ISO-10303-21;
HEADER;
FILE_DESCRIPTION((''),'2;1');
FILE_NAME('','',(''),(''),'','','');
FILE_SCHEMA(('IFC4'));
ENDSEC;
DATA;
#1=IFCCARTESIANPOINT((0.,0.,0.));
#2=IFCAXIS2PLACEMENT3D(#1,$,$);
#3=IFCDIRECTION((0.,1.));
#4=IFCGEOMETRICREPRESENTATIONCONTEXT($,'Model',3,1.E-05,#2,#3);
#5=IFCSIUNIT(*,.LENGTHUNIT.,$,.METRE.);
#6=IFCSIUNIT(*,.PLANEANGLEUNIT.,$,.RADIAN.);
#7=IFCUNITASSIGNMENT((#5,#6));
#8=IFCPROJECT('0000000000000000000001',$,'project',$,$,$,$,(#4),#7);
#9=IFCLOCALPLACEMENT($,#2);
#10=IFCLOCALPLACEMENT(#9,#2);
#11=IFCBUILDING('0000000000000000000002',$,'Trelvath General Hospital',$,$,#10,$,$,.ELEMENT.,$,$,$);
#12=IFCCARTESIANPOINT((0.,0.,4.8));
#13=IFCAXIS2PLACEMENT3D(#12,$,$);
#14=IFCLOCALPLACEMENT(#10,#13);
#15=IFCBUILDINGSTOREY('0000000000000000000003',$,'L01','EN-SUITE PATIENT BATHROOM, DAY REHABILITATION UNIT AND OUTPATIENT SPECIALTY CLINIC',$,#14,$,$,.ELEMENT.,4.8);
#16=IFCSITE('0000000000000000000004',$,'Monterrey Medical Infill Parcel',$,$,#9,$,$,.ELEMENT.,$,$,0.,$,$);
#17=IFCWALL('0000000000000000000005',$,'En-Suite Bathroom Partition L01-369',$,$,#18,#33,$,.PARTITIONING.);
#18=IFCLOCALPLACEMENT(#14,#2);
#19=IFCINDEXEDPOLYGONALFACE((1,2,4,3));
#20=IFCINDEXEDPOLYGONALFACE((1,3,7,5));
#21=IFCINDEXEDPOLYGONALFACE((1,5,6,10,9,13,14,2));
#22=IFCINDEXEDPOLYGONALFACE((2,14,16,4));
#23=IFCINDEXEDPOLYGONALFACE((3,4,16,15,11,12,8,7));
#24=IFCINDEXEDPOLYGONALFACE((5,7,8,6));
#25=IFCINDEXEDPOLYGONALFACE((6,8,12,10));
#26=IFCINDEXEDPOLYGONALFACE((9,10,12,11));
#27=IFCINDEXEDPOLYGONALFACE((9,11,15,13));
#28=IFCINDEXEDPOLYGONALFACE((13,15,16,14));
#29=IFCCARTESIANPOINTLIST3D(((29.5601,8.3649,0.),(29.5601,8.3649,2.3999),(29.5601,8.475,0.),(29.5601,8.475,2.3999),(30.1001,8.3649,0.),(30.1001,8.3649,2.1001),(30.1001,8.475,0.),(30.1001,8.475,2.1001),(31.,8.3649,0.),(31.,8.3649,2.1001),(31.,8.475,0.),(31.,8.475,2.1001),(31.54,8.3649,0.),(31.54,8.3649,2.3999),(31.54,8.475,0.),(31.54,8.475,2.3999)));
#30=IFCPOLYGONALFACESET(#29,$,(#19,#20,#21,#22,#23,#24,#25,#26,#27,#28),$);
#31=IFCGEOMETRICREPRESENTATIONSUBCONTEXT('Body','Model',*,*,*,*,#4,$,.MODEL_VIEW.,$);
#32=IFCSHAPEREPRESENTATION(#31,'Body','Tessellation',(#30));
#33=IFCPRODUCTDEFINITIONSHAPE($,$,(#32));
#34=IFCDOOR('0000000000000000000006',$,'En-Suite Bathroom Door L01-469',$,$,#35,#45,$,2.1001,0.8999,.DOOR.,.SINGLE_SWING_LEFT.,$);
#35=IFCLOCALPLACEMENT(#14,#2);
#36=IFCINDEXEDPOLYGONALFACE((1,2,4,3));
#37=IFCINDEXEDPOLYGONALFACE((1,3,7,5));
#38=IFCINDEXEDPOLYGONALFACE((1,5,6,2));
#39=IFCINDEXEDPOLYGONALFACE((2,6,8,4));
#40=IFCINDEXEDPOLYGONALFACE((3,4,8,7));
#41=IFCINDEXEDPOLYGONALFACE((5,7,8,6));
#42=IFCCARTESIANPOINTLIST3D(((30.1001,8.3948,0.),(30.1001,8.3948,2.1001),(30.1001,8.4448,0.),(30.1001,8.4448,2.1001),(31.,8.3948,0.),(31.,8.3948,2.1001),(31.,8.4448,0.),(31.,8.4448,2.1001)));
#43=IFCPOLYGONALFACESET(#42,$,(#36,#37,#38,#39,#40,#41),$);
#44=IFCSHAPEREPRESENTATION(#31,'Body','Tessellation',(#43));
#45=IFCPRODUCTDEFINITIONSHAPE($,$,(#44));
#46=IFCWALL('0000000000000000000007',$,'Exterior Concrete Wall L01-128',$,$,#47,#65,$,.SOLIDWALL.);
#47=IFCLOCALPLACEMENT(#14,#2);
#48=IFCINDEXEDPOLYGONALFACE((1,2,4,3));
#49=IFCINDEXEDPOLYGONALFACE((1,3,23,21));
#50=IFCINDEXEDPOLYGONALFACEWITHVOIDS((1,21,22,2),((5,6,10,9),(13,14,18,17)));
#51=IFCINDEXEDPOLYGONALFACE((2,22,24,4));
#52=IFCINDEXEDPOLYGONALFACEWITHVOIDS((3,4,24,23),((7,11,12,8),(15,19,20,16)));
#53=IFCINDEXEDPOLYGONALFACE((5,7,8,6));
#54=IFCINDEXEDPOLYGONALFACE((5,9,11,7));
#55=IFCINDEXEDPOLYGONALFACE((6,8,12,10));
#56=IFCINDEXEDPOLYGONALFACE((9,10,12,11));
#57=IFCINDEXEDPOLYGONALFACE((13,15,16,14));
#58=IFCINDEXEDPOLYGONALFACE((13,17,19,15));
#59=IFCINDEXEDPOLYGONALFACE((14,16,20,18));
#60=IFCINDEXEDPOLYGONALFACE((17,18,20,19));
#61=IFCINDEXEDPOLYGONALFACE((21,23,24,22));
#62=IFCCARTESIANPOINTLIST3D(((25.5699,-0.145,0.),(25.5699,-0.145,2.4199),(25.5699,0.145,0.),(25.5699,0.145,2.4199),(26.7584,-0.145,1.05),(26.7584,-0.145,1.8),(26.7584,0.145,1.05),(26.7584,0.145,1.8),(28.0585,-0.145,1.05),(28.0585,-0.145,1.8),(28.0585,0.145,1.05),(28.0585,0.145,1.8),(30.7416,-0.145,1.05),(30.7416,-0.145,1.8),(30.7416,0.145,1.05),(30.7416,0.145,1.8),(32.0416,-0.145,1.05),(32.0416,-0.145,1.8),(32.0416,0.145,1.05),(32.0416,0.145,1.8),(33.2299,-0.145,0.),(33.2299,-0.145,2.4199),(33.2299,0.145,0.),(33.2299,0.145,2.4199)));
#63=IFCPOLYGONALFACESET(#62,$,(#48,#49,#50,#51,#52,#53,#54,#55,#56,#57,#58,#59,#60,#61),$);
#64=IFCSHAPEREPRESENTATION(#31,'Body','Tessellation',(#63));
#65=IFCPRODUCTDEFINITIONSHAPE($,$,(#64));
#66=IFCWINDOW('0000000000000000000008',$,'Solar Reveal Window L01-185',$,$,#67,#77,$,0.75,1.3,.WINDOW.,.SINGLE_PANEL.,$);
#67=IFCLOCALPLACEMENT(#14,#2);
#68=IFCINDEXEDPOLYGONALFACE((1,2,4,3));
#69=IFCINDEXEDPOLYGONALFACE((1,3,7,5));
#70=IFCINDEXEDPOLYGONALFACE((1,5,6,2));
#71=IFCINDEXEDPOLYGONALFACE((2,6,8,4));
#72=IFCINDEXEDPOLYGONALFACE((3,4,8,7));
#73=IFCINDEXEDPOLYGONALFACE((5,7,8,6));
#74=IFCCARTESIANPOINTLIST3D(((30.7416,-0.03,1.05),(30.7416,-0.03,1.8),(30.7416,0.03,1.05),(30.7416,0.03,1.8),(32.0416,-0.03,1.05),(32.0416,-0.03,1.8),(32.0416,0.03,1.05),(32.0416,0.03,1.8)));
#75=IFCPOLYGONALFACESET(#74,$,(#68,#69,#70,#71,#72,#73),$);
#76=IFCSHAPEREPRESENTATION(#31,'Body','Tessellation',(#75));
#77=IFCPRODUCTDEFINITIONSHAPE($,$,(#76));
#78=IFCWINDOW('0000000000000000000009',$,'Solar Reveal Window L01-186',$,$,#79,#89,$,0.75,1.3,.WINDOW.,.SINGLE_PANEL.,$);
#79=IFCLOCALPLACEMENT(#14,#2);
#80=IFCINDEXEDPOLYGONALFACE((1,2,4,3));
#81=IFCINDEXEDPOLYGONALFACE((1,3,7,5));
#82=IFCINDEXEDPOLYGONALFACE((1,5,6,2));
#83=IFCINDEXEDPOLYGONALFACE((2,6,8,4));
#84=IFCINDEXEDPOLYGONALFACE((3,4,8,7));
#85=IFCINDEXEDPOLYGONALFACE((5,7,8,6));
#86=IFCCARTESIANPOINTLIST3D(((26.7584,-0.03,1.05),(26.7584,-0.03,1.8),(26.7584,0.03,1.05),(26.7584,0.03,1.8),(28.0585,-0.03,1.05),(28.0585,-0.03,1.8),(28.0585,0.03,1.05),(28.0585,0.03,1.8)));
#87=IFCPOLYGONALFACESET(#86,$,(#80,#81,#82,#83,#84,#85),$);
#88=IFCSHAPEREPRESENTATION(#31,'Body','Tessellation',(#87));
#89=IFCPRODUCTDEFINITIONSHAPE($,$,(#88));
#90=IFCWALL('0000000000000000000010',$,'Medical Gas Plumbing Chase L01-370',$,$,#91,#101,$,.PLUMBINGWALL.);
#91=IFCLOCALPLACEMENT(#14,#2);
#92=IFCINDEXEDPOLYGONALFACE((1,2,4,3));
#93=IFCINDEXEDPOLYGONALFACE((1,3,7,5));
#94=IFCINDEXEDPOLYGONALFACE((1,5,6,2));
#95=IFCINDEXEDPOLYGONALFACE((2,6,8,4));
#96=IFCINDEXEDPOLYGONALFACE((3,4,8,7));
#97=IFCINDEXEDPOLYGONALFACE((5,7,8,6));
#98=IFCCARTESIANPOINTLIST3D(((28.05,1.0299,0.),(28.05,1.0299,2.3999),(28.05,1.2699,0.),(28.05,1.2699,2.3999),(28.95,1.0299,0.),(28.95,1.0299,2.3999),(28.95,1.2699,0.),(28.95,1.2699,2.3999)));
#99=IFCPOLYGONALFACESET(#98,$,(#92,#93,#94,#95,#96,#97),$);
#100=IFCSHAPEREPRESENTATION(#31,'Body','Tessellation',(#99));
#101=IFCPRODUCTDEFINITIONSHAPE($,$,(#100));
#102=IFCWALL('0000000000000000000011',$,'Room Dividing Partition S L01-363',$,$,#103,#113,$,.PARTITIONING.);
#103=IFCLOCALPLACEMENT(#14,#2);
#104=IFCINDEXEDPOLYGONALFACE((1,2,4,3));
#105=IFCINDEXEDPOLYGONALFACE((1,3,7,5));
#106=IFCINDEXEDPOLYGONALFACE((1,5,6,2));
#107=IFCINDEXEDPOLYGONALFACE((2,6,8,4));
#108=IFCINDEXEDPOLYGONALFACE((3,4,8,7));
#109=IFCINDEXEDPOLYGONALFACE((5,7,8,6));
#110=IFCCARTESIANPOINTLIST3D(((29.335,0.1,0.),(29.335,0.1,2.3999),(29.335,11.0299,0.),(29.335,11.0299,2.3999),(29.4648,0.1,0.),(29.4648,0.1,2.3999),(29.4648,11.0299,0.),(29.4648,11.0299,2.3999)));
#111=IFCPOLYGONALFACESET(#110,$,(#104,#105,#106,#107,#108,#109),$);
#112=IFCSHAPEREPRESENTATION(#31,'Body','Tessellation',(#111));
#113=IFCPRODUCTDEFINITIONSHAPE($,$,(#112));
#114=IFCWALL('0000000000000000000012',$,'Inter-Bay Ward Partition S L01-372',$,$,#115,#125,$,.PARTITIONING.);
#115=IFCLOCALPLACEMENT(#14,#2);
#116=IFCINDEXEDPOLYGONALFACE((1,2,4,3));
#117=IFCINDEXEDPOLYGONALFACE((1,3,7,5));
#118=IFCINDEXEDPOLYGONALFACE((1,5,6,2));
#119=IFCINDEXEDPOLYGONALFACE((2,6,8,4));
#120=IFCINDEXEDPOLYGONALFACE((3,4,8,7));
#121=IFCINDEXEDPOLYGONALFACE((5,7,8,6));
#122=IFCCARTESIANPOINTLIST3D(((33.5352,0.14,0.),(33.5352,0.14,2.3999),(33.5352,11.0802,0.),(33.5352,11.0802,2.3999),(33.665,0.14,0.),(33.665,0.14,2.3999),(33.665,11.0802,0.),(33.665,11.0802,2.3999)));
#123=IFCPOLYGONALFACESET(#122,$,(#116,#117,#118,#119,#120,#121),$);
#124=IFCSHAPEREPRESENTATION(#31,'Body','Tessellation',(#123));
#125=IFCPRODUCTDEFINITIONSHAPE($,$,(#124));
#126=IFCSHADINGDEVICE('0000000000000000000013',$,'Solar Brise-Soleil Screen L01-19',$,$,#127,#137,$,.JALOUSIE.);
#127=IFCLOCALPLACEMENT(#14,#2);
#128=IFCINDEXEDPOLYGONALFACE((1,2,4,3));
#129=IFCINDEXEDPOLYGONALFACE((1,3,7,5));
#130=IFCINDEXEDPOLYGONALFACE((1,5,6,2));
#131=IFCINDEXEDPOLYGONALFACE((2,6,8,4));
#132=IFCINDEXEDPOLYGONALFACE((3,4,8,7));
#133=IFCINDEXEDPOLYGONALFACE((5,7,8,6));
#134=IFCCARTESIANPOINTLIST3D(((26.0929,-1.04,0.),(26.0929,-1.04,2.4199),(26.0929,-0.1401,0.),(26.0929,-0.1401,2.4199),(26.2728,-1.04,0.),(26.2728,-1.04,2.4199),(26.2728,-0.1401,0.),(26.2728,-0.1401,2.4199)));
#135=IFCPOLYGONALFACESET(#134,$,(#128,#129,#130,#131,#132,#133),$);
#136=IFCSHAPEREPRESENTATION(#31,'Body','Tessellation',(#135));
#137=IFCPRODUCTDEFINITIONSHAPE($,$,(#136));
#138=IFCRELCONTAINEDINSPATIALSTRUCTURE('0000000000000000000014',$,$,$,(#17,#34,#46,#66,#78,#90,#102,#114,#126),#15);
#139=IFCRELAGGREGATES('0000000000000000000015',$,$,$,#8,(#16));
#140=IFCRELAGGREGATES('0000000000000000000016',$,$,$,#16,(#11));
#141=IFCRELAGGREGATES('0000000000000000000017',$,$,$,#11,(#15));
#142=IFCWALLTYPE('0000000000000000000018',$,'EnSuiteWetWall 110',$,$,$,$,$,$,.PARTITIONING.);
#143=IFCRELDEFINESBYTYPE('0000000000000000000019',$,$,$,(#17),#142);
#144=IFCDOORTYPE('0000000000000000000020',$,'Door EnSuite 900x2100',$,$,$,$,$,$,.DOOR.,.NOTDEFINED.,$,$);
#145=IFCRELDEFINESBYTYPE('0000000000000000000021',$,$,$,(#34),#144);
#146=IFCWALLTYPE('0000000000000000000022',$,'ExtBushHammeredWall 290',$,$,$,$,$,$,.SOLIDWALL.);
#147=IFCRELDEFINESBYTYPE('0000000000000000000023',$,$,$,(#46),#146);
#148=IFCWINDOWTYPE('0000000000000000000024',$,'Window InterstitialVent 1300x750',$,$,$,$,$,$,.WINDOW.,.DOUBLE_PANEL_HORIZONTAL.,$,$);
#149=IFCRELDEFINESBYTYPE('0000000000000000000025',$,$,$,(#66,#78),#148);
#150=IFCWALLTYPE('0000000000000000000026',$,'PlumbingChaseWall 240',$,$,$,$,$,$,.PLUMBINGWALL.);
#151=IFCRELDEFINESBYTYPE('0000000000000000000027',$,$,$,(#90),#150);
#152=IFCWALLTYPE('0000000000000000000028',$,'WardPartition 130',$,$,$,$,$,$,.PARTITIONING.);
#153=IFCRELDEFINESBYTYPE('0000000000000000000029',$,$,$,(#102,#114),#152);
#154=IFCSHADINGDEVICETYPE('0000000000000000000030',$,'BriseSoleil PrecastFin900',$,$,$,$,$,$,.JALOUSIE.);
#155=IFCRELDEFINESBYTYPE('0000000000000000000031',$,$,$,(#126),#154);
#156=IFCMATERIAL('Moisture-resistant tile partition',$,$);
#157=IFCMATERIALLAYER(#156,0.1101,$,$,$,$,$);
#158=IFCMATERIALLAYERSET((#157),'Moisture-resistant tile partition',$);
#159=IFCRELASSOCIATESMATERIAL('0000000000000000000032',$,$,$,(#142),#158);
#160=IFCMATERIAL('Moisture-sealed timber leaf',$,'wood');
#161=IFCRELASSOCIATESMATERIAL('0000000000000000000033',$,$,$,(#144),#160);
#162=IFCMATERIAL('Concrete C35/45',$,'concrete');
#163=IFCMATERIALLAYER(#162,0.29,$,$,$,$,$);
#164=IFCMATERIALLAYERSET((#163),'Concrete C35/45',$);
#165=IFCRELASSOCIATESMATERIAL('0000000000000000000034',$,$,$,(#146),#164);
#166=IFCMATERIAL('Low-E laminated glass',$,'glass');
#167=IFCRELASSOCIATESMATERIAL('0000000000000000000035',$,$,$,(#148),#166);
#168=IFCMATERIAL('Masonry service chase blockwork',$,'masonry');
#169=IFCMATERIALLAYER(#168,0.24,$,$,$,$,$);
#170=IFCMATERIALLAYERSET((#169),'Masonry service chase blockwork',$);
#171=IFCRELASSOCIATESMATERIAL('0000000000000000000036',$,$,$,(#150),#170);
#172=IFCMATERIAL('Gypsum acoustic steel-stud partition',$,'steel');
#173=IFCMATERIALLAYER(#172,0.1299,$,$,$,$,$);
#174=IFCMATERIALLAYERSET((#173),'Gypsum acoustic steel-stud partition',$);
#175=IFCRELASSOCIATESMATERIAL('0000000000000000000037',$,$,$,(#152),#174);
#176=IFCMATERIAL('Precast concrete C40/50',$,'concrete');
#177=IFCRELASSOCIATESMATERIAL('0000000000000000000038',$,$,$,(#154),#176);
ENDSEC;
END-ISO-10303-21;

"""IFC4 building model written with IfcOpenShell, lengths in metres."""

from ifc_helpers import new_model, si_unit, direction, frame, frame_2d, origin, origin_2d, place, context, subcontext, project, spatial, rectangle, extrude, material, layer, layer_set, type_object, element, fill, save


model = new_model("IFC4")

# Units and contexts
model_context = context("Model", 3, precision=1e-05, world=origin(), true_north=direction((0.0, 1.0)))
body_context = subcontext(model_context, "Body", "Model", "MODEL_VIEW")
ifc_project = project(units=[si_unit("LENGTHUNIT", "METRE"), si_unit("PLANEANGLEUNIT", "RADIAN")], contexts=[model_context])

# Site, building, storey
site_placement = place(None, origin())
site = spatial("IfcSite", under=ifc_project, at=site_placement, Name="Monterrey Medical Infill Parcel", CompositionType="ELEMENT", RefElevation=0.0)
building_placement = place(site_placement, origin())
building = spatial("IfcBuilding", under=site, at=building_placement, Name="Trelvath General Hospital", CompositionType="ELEMENT")
storey_placement = place(building_placement, frame((0.0, 0.0, 4.8)))
storey = spatial("IfcBuildingStorey", under=building, at=storey_placement, Name="L01", Description="EN-SUITE PATIENT BATHROOM, DAY REHABILITATION UNIT AND OUTPATIENT SPECIALTY CLINIC", CompositionType="ELEMENT", Elevation=4.8)

# Shared definitions
ifc_material_1 = material(Name="Moisture-resistant tile partition")
ifc_layer_1 = layer(ifc_material_1, 0.1101)
ifc_layer_set_1 = layer_set([ifc_layer_1], Name="Moisture-resistant tile partition")
wall_type_1 = type_object("IfcWallType", Name="EnSuiteWetWall 110", PredefinedType="PARTITIONING", material=ifc_layer_set_1)

# Shared definitions
ifc_material_2 = material(Name="Moisture-sealed timber leaf", Category="wood")
door_type = type_object("IfcDoorType", Name="Door EnSuite 900x2100", OperationType="NOTDEFINED", PredefinedType="DOOR", material=ifc_material_2)

# Wall, opening, door
wall_1_placement = place(storey_placement, frame((29.5601, 8.4199, 0.0), z_axis=(0.0, 0.0, 1.0), x_axis=(1.0, 0.0, 0.0)))
wall_1 = element("IfcWall", 1, at=wall_1_placement, inside=storey, type_object=wall_type_1, Name="En-Suite Bathroom Partition L01-369", PredefinedType="PARTITIONING", context=body_context, shape_type="SweptSolid", body=[
    extrude(rectangle(XDim=1.98, YDim=0.1101, at=frame_2d((0.99, 0.0))), origin(), (0.0, 0.0, 1.0), 2.3999),
])
opening_1_placement = place(wall_1_placement, frame((0.54, 0.0, 0.0)))
opening_1 = element("IfcOpeningElement", 2, at=opening_1_placement, cuts=wall_1, PredefinedType="OPENING", context=body_context, shape_type="SweptSolid", body=[
    extrude(rectangle(XDim=0.8999, YDim=2.1001, at=frame_2d((0.45, 1.05))), frame((0.0, 0.0649, 0.0), z_axis=(0.0, -1.0, 0.0), x_axis=(1.0, 0.0, 0.0)), (0.0, 0.0, 1.0), 0.1301),
])
door_1_placement = place(opening_1_placement, origin())
door_1 = element("IfcDoor", 3, at=door_1_placement, inside=storey, type_object=door_type, Name="En-Suite Bathroom Door L01-469", OperationType="SINGLE_SWING_LEFT", OverallHeight=2.1001, OverallWidth=0.8999, PredefinedType="DOOR", context=body_context, shape_type="SweptSolid", body=[
    extrude(rectangle(XDim=0.8999, YDim=2.1001, at=frame_2d((0.45, 1.05))), frame((0.0, 0.0249, 0.0), z_axis=(0.0, -1.0, 0.0), x_axis=(1.0, 0.0, 0.0)), (0.0, 0.0, 1.0), 0.05),
])
fill(opening_1, door_1)

# Wall, openings, windows
ifc_material_3 = material(Name="Concrete C35/45", Category="concrete")
ifc_layer_2 = layer(ifc_material_3, 0.29)
ifc_layer_set_2 = layer_set([ifc_layer_2], Name="Concrete C35/45")
wall_type_2 = type_object("IfcWallType", Name="ExtBushHammeredWall 290", PredefinedType="SOLIDWALL", material=ifc_layer_set_2)
wall_2_placement = place(storey_placement, frame((33.23, 0.0, 0.0), z_axis=(0.0, 0.0, 1.0), x_axis=(-1.0, 0.0, 0.0)))
wall_2 = element("IfcWall", 4, at=wall_2_placement, inside=storey, type_object=wall_type_2, Name="Exterior Concrete Wall L01-128", PredefinedType="SOLIDWALL", context=body_context, shape_type="SweptSolid", body=[
    extrude(rectangle(XDim=7.6599, YDim=0.29, at=frame_2d((3.8301, 0.0))), origin(), (0.0, 0.0, 1.0), 2.4199),
])
opening_2_placement = place(wall_2_placement, frame((1.1885, 0.0, 1.05)))
opening_2 = element("IfcOpeningElement", 5, at=opening_2_placement, cuts=wall_2, PredefinedType="OPENING", context=body_context, shape_type="SweptSolid", body=[
    extrude(rectangle(XDim=1.3, YDim=0.75, at=frame_2d((0.6499, 0.375))), frame((0.0, 0.155, 0.0), z_axis=(0.0, -1.0, 0.0), x_axis=(1.0, 0.0, 0.0)), (0.0, 0.0, 1.0), 0.3101),
])
opening_3_placement = place(wall_2_placement, frame((5.1716, 0.0, 1.05)))
opening_3 = element("IfcOpeningElement", 6, at=opening_3_placement, cuts=wall_2, PredefinedType="OPENING", context=body_context, shape_type="SweptSolid", body=[
    extrude(rectangle(XDim=1.3, YDim=0.75, at=frame_2d((0.6499, 0.375))), frame((0.0, 0.155, 0.0), z_axis=(0.0, -1.0, 0.0), x_axis=(1.0, 0.0, 0.0)), (0.0, 0.0, 1.0), 0.3101),
])
ifc_material_4 = material(Name="Low-E laminated glass", Category="glass")
window_type = type_object("IfcWindowType", Name="Window InterstitialVent 1300x750", PartitioningType="DOUBLE_PANEL_HORIZONTAL", PredefinedType="WINDOW", material=ifc_material_4)
window_1_placement = place(opening_2_placement, origin())
window_1 = element("IfcWindow", 7, at=window_1_placement, inside=storey, type_object=window_type, Name="Solar Reveal Window L01-185", OverallHeight=0.75, OverallWidth=1.3, PartitioningType="SINGLE_PANEL", PredefinedType="WINDOW", context=body_context, shape_type="SweptSolid", body=[
    extrude(rectangle(XDim=1.3, YDim=0.75, at=frame_2d((0.6499, 0.375))), frame((0.0, 0.03, 0.0), z_axis=(0.0, -1.0, 0.0), x_axis=(1.0, 0.0, 0.0)), (0.0, 0.0, 1.0), 0.0601),
])
fill(opening_2, window_1)
window_2_placement = place(opening_3_placement, origin())
window_2 = element("IfcWindow", 8, at=window_2_placement, inside=storey, type_object=window_type, Name="Solar Reveal Window L01-186", OverallHeight=0.75, OverallWidth=1.3, PartitioningType="SINGLE_PANEL", PredefinedType="WINDOW", context=body_context, shape_type="SweptSolid", body=[
    extrude(rectangle(XDim=1.3, YDim=0.75, at=frame_2d((0.6499, 0.375))), frame((0.0, 0.03, 0.0), z_axis=(0.0, -1.0, 0.0), x_axis=(1.0, 0.0, 0.0)), (0.0, 0.0, 1.0), 0.0601),
])
fill(opening_3, window_2)

# Walls
ifc_material_5 = material(Name="Masonry service chase blockwork", Category="masonry")
ifc_layer_3 = layer(ifc_material_5, 0.24)
ifc_layer_set_3 = layer_set([ifc_layer_3], Name="Masonry service chase blockwork")
wall_type_3 = type_object("IfcWallType", Name="PlumbingChaseWall 240", PredefinedType="PLUMBINGWALL", material=ifc_layer_set_3)
wall_3_placement = place(storey_placement, frame((28.05, 1.1499, 0.0), z_axis=(0.0, 0.0, 1.0), x_axis=(1.0, 0.0, 0.0)))
element("IfcWall", 9, at=wall_3_placement, inside=storey, type_object=wall_type_3, Name="Medical Gas Plumbing Chase L01-370", PredefinedType="PLUMBINGWALL", context=body_context, shape_type="SweptSolid", body=[
    extrude(rectangle(XDim=0.8999, YDim=0.24, at=frame_2d((0.45, 0.0))), origin(), (0.0, 0.0, 1.0), 2.3999),
])
ifc_material_6 = material(Name="Gypsum acoustic steel-stud partition", Category="steel")
ifc_layer_4 = layer(ifc_material_6, 0.1299)
ifc_layer_set_4 = layer_set([ifc_layer_4], Name="Gypsum acoustic steel-stud partition")
wall_type_4 = type_object("IfcWallType", Name="WardPartition 130", PredefinedType="PARTITIONING", material=ifc_layer_set_4)
wall_4_placement = place(storey_placement, frame((29.3999, 0.1001, 0.0), z_axis=(0.0, 0.0, 1.0), x_axis=(0.0, 1.0, 0.0)))
element("IfcWall", 10, at=wall_4_placement, inside=storey, type_object=wall_type_4, Name="Room Dividing Partition S L01-363", PredefinedType="PARTITIONING", context=body_context, shape_type="SweptSolid", body=[
    extrude(rectangle(XDim=10.9299, YDim=0.1299, at=frame_2d((5.4648, 0.0))), origin(), (0.0, 0.0, 1.0), 2.3999),
])
wall_5_placement = place(storey_placement, frame((33.6001, 0.1399, 0.0), z_axis=(0.0, 0.0, 1.0), x_axis=(0.0, 1.0, 0.0)))
element("IfcWall", 11, at=wall_5_placement, inside=storey, type_object=wall_type_4, Name="Inter-Bay Ward Partition S L01-372", PredefinedType="PARTITIONING", context=body_context, shape_type="SweptSolid", body=[
    extrude(rectangle(XDim=10.9402, YDim=0.1299, at=frame_2d((5.4702, 0.0))), origin(), (0.0, 0.0, 1.0), 2.3999),
])

# Shading device
ifc_material_7 = material(Name="Precast concrete C40/50", Category="concrete")
shading_device_type = type_object("IfcShadingDeviceType", Name="BriseSoleil PrecastFin900", PredefinedType="JALOUSIE", material=ifc_material_7)
shading_device_placement = place(storey_placement, frame((26.1829, -0.5901, 0.0), z_axis=(0.0, 0.0, 1.0), x_axis=(0.0, -1.0, 0.0)))
element("IfcShadingDevice", 12, at=shading_device_placement, inside=storey, type_object=shading_device_type, Name="Solar Brise-Soleil Screen L01-19", PredefinedType="JALOUSIE", context=body_context, shape_type="SweptSolid", body=[
    extrude(rectangle(XDim=0.8999, YDim=0.1799, at=origin_2d()), origin(), (0.0, 0.0, 1.0), 2.4199),
])

save(model, "model.ifc")
